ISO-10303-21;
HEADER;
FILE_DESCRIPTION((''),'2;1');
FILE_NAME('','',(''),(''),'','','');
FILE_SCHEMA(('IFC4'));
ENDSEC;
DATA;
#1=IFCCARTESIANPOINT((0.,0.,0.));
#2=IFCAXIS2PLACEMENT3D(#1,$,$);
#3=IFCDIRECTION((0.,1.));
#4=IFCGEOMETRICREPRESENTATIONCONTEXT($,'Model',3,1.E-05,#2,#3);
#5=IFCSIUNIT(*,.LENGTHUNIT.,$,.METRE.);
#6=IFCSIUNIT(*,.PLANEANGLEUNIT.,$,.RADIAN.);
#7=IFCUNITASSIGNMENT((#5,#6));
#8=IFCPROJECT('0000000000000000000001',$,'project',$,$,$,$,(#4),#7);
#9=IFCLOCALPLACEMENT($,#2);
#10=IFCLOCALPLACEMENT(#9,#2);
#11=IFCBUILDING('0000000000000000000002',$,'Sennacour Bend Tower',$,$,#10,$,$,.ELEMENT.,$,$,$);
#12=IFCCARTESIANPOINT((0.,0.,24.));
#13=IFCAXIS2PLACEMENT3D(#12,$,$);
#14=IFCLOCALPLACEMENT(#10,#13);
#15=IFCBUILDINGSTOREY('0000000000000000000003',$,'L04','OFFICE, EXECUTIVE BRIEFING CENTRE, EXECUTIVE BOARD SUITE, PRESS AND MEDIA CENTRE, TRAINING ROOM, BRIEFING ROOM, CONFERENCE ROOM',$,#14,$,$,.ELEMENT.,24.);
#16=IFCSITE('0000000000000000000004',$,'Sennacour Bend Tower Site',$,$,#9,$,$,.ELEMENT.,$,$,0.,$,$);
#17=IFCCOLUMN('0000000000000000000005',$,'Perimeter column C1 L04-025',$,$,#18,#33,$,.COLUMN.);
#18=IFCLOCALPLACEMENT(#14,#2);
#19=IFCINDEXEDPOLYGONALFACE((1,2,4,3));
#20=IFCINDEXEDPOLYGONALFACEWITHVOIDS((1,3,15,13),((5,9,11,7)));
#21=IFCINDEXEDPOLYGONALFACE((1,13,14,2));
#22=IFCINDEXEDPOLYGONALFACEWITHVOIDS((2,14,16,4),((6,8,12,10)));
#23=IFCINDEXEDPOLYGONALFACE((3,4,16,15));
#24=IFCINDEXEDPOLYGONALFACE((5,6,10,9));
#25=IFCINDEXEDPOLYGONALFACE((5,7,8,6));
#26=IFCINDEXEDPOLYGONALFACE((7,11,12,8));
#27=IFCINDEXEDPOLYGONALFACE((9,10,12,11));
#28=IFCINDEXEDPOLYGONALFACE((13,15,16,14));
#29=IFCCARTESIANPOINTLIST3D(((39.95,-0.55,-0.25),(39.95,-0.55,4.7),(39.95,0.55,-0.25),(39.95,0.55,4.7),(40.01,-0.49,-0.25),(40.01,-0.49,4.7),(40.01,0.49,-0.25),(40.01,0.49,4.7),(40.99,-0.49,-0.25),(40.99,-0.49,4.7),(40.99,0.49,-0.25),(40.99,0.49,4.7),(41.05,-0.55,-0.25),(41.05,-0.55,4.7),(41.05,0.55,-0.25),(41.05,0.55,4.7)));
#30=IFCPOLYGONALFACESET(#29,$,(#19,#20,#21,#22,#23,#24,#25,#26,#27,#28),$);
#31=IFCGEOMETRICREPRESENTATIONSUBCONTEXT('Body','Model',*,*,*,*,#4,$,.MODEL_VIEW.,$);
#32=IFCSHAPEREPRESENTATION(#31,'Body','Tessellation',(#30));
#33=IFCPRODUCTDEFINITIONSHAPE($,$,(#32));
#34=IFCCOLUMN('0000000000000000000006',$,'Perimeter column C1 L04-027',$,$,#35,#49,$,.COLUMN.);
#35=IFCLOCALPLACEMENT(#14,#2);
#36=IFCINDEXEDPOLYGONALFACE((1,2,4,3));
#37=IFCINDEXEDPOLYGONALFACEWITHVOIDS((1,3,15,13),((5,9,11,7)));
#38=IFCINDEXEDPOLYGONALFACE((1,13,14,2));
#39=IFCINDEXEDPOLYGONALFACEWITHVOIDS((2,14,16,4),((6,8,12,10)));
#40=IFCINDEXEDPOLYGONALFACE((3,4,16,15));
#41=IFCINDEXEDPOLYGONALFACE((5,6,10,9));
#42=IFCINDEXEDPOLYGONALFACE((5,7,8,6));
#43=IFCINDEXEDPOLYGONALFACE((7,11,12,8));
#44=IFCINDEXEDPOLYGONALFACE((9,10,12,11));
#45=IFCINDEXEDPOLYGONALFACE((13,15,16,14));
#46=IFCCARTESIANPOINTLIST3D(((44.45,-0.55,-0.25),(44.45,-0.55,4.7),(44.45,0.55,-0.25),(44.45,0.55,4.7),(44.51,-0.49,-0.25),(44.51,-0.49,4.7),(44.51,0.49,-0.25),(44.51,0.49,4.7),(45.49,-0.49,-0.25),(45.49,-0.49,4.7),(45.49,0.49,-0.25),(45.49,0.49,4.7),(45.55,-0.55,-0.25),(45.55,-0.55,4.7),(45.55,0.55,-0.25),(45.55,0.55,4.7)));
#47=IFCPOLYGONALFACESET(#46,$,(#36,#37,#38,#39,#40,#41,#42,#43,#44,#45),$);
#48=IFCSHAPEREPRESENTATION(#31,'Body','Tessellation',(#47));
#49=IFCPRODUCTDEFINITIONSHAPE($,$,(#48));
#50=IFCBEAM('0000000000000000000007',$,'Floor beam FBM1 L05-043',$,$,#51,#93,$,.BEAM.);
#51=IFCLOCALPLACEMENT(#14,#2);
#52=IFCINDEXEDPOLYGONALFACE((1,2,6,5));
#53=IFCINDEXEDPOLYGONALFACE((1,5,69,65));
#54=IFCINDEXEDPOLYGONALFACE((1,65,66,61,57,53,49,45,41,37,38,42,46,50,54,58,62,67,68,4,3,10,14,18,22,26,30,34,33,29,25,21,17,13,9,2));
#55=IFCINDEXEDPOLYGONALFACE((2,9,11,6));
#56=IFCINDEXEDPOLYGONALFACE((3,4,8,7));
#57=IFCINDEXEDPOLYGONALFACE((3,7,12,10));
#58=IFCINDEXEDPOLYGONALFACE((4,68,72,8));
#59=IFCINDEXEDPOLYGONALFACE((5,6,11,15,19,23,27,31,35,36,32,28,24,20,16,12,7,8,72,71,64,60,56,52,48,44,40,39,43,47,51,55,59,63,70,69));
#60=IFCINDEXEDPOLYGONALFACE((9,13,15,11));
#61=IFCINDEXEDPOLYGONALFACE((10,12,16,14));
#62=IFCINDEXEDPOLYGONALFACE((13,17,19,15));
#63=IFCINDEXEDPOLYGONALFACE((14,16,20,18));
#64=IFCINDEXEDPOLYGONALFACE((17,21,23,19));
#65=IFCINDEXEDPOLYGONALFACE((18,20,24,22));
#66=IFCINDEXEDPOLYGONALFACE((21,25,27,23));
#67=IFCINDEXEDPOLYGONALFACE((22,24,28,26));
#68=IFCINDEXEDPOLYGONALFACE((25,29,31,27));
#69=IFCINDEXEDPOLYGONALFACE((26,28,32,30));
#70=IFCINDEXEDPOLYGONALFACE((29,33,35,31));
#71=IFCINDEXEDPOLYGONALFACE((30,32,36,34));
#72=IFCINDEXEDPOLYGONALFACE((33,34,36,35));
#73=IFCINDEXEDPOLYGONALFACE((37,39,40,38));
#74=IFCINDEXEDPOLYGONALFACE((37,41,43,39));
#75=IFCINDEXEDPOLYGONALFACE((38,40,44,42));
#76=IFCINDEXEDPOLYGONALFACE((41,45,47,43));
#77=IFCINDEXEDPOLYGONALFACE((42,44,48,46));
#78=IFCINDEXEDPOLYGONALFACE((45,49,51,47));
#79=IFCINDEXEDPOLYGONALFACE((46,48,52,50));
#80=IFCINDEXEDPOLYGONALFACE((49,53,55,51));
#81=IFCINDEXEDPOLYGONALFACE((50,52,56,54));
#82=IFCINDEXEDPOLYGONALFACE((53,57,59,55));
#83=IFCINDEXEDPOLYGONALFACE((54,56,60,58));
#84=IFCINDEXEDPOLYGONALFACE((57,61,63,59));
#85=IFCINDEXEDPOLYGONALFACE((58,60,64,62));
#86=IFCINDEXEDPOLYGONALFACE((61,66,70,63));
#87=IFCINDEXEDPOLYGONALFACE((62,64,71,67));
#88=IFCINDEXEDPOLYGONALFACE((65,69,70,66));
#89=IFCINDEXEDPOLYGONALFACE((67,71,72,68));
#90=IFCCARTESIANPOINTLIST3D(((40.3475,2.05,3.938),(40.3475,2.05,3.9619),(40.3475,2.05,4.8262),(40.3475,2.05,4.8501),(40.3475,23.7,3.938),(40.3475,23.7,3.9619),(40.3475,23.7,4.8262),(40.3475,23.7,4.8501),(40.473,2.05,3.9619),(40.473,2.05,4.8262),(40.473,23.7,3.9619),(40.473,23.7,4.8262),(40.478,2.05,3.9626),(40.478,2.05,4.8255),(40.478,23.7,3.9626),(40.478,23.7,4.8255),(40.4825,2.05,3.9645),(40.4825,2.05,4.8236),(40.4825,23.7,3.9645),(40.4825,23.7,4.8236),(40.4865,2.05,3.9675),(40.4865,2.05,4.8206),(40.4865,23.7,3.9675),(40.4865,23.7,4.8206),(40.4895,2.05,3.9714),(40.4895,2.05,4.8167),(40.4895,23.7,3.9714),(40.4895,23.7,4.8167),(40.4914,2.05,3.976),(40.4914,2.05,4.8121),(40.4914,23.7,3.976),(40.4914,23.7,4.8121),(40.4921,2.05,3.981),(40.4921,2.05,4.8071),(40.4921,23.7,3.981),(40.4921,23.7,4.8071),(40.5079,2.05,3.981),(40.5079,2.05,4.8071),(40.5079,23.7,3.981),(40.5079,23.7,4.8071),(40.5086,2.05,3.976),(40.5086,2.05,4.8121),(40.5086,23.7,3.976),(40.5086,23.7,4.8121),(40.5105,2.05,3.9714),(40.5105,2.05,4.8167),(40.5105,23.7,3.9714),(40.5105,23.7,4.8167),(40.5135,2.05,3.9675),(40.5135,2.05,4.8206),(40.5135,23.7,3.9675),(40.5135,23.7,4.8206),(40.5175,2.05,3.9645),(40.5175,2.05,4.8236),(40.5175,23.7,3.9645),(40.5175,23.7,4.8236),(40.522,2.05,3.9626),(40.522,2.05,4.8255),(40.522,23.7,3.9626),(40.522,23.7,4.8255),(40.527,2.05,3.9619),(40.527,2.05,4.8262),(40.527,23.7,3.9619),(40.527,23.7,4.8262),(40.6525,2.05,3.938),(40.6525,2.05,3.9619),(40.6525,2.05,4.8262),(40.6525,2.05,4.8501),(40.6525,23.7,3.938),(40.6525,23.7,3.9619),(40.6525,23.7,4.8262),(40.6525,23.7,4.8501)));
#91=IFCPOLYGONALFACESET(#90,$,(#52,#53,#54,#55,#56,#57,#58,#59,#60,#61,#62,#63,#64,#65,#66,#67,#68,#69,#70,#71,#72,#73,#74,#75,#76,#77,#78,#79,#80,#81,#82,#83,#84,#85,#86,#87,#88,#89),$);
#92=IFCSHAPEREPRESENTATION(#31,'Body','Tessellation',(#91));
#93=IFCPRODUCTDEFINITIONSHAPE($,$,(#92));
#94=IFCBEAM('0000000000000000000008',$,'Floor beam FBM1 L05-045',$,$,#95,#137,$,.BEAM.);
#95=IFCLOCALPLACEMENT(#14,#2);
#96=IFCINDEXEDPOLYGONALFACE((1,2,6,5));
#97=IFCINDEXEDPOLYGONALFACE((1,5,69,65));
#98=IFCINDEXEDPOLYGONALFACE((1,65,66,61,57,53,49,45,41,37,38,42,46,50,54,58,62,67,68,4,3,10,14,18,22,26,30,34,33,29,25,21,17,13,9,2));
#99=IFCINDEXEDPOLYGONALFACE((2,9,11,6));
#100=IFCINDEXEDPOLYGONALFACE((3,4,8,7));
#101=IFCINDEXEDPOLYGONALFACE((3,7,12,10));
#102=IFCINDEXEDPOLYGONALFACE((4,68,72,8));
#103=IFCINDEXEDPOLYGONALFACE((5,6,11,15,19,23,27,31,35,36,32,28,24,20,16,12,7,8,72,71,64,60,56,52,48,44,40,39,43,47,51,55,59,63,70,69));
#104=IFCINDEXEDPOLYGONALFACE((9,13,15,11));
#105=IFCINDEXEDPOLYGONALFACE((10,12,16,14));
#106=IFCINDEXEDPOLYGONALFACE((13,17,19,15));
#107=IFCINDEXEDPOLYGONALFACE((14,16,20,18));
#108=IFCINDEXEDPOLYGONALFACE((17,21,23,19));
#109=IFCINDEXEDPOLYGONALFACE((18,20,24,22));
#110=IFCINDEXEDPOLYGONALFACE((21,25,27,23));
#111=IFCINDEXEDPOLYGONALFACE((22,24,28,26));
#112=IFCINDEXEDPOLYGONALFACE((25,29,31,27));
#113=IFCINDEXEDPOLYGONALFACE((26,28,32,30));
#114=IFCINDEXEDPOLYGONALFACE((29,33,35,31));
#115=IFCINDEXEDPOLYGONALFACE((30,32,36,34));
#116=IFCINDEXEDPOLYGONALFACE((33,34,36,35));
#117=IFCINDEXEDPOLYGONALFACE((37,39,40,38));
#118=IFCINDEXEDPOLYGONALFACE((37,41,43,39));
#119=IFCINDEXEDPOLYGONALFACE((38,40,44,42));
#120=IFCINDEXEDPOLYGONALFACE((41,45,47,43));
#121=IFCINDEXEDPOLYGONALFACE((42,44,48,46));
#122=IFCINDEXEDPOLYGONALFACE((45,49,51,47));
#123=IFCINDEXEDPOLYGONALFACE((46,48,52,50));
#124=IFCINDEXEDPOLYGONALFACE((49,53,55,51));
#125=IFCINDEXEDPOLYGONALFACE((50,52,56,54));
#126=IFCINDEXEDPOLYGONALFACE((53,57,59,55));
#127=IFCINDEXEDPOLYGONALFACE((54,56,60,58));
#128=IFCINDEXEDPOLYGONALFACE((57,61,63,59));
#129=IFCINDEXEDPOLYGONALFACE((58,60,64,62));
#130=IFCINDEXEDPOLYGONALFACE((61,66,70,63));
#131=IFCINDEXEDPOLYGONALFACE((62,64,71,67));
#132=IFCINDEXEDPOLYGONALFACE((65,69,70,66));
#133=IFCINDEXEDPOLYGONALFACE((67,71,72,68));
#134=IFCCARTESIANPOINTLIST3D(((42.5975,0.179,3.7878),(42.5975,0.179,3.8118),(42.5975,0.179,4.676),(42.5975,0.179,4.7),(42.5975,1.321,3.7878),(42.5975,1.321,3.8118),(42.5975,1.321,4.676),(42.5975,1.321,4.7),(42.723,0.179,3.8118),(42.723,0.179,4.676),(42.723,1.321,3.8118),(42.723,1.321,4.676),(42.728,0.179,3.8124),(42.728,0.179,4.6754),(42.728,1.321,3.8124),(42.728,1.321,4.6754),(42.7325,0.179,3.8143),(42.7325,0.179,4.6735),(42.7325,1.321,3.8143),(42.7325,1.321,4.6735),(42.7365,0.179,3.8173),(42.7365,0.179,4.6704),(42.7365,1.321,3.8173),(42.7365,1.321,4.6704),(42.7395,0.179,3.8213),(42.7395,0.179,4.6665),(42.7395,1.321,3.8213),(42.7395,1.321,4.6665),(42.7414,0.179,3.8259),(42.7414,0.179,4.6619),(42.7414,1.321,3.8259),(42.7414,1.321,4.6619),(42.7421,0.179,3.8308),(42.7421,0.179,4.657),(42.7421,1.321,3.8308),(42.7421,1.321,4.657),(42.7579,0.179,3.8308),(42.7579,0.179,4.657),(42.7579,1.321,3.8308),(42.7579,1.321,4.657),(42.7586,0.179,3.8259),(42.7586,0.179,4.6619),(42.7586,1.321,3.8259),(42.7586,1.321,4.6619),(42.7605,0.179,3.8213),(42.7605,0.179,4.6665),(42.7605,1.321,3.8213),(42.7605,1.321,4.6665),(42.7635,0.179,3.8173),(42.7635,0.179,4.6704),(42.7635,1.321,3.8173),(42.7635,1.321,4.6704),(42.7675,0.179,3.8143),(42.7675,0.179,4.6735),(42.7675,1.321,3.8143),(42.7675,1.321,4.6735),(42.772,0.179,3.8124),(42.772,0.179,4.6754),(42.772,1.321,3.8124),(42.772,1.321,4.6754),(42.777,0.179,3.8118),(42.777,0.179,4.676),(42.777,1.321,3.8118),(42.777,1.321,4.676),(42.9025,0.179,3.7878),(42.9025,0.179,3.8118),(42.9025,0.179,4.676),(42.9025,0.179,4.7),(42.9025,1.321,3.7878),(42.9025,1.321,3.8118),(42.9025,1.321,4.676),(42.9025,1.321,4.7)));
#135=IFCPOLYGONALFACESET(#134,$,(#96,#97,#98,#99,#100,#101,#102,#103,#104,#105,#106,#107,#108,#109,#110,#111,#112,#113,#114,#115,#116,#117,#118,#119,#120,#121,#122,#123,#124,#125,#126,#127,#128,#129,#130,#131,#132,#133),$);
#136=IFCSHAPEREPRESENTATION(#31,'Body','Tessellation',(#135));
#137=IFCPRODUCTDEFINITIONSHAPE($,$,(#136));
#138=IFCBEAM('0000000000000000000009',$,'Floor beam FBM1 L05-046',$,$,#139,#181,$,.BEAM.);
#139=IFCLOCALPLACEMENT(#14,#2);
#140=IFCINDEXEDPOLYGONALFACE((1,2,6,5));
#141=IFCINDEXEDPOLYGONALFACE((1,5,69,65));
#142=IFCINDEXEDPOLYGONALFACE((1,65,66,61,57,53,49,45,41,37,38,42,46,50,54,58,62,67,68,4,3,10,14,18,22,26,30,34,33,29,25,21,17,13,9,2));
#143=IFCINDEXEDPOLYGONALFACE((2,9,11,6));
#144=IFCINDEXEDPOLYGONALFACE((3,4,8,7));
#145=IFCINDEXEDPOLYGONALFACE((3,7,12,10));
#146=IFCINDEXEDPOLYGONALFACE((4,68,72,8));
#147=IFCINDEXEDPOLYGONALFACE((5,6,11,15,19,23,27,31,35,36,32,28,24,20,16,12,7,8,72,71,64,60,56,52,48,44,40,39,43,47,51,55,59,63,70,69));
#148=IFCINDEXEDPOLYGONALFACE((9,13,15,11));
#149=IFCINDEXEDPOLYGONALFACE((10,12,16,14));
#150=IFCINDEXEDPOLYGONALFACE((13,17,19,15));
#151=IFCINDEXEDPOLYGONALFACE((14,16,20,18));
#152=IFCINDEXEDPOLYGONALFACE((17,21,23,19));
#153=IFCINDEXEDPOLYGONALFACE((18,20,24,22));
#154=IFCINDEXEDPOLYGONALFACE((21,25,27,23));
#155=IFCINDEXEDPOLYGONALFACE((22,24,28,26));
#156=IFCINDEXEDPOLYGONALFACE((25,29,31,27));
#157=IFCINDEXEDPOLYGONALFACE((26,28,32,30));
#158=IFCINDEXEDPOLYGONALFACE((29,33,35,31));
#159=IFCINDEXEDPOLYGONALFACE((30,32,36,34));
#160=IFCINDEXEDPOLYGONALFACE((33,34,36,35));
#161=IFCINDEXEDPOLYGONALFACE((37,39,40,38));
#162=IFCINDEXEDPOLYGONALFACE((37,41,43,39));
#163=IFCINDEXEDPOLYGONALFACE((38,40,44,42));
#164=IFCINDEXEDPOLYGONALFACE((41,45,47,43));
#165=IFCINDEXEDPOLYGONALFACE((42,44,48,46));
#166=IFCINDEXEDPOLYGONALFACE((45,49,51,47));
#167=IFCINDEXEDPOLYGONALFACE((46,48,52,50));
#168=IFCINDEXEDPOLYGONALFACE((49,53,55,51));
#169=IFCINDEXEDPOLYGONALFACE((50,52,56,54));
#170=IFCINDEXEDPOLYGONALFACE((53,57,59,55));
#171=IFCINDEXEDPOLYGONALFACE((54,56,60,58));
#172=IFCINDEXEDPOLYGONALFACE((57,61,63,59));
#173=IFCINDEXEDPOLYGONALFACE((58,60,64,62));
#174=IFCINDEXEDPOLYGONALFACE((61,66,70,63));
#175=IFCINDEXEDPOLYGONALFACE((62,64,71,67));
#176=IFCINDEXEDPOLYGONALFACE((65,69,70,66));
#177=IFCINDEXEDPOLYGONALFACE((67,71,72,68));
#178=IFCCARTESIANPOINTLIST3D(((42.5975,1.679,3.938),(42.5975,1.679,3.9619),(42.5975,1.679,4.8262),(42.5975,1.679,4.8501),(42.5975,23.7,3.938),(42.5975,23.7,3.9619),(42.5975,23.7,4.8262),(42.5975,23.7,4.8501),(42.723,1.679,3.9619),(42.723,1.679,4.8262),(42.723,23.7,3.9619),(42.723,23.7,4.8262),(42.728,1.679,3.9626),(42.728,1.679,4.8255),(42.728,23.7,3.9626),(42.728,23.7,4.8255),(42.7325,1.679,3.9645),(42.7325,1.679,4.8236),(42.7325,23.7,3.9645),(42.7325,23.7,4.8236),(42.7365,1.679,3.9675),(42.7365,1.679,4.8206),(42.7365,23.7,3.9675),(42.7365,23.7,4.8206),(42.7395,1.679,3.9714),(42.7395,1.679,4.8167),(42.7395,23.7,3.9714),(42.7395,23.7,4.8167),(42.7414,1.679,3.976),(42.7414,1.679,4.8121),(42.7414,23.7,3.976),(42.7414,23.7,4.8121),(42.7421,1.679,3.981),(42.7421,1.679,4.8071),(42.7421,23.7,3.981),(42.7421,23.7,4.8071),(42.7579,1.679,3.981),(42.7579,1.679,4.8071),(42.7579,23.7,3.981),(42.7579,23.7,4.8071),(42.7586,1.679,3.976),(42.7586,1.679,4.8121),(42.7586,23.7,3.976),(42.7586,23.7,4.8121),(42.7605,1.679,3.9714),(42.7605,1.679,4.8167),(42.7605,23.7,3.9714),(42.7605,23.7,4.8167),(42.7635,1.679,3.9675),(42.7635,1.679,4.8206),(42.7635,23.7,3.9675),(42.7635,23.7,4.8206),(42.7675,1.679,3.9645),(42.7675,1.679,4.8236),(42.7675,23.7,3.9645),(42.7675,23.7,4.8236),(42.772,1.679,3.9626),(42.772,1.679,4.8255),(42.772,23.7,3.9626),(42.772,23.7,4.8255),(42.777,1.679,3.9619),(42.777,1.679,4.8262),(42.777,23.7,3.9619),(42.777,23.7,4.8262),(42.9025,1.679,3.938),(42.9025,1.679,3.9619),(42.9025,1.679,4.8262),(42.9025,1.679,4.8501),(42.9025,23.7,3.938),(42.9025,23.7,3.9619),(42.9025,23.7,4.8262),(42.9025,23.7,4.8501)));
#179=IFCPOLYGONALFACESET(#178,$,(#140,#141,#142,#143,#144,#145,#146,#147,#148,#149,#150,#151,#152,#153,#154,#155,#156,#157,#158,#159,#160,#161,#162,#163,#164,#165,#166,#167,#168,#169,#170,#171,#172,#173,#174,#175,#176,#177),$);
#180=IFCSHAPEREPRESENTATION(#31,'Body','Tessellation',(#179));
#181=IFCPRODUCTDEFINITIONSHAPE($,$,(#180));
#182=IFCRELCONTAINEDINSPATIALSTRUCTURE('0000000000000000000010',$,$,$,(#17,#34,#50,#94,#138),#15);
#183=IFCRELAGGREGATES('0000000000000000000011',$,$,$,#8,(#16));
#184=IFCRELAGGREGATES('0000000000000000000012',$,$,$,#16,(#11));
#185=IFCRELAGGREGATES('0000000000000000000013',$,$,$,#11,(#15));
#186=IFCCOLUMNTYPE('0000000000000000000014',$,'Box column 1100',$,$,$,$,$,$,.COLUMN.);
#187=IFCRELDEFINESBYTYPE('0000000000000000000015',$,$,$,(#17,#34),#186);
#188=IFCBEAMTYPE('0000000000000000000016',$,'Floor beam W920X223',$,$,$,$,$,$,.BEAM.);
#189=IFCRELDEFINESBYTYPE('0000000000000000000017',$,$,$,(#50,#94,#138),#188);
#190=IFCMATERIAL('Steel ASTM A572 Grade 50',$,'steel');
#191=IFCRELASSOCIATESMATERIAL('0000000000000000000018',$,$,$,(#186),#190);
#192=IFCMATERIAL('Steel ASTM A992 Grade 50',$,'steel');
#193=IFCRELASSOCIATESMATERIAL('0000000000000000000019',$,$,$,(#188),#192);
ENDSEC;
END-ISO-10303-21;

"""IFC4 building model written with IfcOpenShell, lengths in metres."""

from ifc_helpers import new_model, si_unit, direction, frame, origin, origin_2d, place, context, subcontext, project, spatial, hollow_rectangle, i_section, extrude, material, material_profile, profile_set, type_object, element, save


model = new_model("IFC4")

# Units and contexts
model_context = context("Model", 3, precision=1e-05, world=origin(), true_north=direction((0.0, 1.0)))
body_context = subcontext(model_context, "Body", "Model", "MODEL_VIEW")
ifc_project = project(units=[si_unit("LENGTHUNIT", "METRE"), si_unit("PLANEANGLEUNIT", "RADIAN")], contexts=[model_context])

# Site, building, storey
site_placement = place(None, origin())
site = spatial("IfcSite", under=ifc_project, at=site_placement, Name="Sennacour Bend Tower Site", CompositionType="ELEMENT", RefElevation=0.0)
building_placement = place(site_placement, origin())
building = spatial("IfcBuilding", under=site, at=building_placement, Name="Sennacour Bend Tower", CompositionType="ELEMENT")
storey_placement = place(building_placement, frame((0.0, 0.0, 24.0)))
storey = spatial("IfcBuildingStorey", under=building, at=storey_placement, Name="L04", Description="OFFICE, EXECUTIVE BRIEFING CENTRE, EXECUTIVE BOARD SUITE, PRESS AND MEDIA CENTRE, TRAINING ROOM, BRIEFING ROOM, CONFERENCE ROOM", CompositionType="ELEMENT", Elevation=24.0)

# Columns
ifc_material_1 = material(Name="Steel ASTM A572 Grade 50", Category="steel")
ifc_material_profile_1 = material_profile(ifc_material_1, hollow_rectangle(XDim=1.1001, YDim=1.1001, WallThickness=0.0601, at=origin_2d()), Name="Steel ASTM A572 Grade 50", Category="steel")
ifc_profile_set_1 = profile_set([ifc_material_profile_1], Name="Steel ASTM A572 Grade 50")
column_type = type_object("IfcColumnType", Name="Box column 1100", PredefinedType="COLUMN", material=ifc_profile_set_1)
for number, where, z_axis, x_axis, name in (
    (1, (40.5, 0.0, -0.25), (0.0, 0.0, 1.0), (1.0, 0.0, 0.0), "Perimeter column C1 L04-025"),
    (2, (45.0, 0.0, -0.25), (0.0, 0.0, 1.0), (1.0, 0.0, 0.0), "Perimeter column C1 L04-027"),
):
    element("IfcColumn", number, at=place(storey_placement, frame(where, z_axis=z_axis, x_axis=x_axis)), inside=storey, type_object=column_type, Name=name, PredefinedType="COLUMN", context=body_context, shape_type="SweptSolid", body=[
        extrude(hollow_rectangle(XDim=1.1001, YDim=1.1001, WallThickness=0.0601, at=origin_2d()), origin(), (0.0, 0.0, 1.0), 4.95),
    ])

# Beams
ifc_material_2 = material(Name="Steel ASTM A992 Grade 50", Category="steel")
ifc_material_profile_2 = material_profile(ifc_material_2, i_section(OverallWidth=0.3049, OverallDepth=0.9121, WebThickness=0.0159, FlangeThickness=0.0239, FilletRadius=0.019, at=origin_2d()), Name="Steel ASTM A992 Grade 50", Category="steel")
ifc_profile_set_2 = profile_set([ifc_material_profile_2], Name="Steel ASTM A992 Grade 50")
beam_type_1 = type_object("IfcBeamType", Name="Floor beam W920X223", PredefinedType="BEAM", material=ifc_profile_set_2)
beam_1_placement = place(storey_placement, frame((40.5, 2.05, 4.394), z_axis=(0.0, 1.0, 0.0), x_axis=(-1.0, 0.0, 0.0)))
element("IfcBeam", 3, at=beam_1_placement, inside=storey, type_object=beam_type_1, Name="Floor beam FBM1 L05-043", PredefinedType="BEAM", context=body_context, shape_type="SweptSolid", body=[
    extrude(i_section(OverallWidth=0.3049, OverallDepth=0.9121, WebThickness=0.0159, FlangeThickness=0.0239, FilletRadius=0.019, at=origin_2d()), origin(), (0.0, 0.0, 1.0), 21.6499),
])
beam_2_placement = place(storey_placement, frame((42.75, 0.179, 4.2439), z_axis=(0.0, 1.0, 0.0), x_axis=(-1.0, 0.0, 0.0)))
element("IfcBeam", 4, at=beam_2_placement, inside=storey, type_object=beam_type_1, Name="Floor beam FBM1 L05-045", PredefinedType="BEAM", context=body_context, shape_type="SweptSolid", body=[
    extrude(i_section(OverallWidth=0.3049, OverallDepth=0.9121, WebThickness=0.0159, FlangeThickness=0.0239, FilletRadius=0.019, at=origin_2d()), origin(), (0.0, 0.0, 1.0), 1.1421),
])
beam_3_placement = place(storey_placement, frame((42.75, 1.679, 4.394), z_axis=(0.0, 1.0, 0.0), x_axis=(-1.0, 0.0, 0.0)))
element("IfcBeam", 5, at=beam_3_placement, inside=storey, type_object=beam_type_1, Name="Floor beam FBM1 L05-046", PredefinedType="BEAM", context=body_context, shape_type="SweptSolid", body=[
    extrude(i_section(OverallWidth=0.3049, OverallDepth=0.9121, WebThickness=0.0159, FlangeThickness=0.0239, FilletRadius=0.019, at=origin_2d()), origin(), (0.0, 0.0, 1.0), 22.021),
])

save(model, "model.ifc")
